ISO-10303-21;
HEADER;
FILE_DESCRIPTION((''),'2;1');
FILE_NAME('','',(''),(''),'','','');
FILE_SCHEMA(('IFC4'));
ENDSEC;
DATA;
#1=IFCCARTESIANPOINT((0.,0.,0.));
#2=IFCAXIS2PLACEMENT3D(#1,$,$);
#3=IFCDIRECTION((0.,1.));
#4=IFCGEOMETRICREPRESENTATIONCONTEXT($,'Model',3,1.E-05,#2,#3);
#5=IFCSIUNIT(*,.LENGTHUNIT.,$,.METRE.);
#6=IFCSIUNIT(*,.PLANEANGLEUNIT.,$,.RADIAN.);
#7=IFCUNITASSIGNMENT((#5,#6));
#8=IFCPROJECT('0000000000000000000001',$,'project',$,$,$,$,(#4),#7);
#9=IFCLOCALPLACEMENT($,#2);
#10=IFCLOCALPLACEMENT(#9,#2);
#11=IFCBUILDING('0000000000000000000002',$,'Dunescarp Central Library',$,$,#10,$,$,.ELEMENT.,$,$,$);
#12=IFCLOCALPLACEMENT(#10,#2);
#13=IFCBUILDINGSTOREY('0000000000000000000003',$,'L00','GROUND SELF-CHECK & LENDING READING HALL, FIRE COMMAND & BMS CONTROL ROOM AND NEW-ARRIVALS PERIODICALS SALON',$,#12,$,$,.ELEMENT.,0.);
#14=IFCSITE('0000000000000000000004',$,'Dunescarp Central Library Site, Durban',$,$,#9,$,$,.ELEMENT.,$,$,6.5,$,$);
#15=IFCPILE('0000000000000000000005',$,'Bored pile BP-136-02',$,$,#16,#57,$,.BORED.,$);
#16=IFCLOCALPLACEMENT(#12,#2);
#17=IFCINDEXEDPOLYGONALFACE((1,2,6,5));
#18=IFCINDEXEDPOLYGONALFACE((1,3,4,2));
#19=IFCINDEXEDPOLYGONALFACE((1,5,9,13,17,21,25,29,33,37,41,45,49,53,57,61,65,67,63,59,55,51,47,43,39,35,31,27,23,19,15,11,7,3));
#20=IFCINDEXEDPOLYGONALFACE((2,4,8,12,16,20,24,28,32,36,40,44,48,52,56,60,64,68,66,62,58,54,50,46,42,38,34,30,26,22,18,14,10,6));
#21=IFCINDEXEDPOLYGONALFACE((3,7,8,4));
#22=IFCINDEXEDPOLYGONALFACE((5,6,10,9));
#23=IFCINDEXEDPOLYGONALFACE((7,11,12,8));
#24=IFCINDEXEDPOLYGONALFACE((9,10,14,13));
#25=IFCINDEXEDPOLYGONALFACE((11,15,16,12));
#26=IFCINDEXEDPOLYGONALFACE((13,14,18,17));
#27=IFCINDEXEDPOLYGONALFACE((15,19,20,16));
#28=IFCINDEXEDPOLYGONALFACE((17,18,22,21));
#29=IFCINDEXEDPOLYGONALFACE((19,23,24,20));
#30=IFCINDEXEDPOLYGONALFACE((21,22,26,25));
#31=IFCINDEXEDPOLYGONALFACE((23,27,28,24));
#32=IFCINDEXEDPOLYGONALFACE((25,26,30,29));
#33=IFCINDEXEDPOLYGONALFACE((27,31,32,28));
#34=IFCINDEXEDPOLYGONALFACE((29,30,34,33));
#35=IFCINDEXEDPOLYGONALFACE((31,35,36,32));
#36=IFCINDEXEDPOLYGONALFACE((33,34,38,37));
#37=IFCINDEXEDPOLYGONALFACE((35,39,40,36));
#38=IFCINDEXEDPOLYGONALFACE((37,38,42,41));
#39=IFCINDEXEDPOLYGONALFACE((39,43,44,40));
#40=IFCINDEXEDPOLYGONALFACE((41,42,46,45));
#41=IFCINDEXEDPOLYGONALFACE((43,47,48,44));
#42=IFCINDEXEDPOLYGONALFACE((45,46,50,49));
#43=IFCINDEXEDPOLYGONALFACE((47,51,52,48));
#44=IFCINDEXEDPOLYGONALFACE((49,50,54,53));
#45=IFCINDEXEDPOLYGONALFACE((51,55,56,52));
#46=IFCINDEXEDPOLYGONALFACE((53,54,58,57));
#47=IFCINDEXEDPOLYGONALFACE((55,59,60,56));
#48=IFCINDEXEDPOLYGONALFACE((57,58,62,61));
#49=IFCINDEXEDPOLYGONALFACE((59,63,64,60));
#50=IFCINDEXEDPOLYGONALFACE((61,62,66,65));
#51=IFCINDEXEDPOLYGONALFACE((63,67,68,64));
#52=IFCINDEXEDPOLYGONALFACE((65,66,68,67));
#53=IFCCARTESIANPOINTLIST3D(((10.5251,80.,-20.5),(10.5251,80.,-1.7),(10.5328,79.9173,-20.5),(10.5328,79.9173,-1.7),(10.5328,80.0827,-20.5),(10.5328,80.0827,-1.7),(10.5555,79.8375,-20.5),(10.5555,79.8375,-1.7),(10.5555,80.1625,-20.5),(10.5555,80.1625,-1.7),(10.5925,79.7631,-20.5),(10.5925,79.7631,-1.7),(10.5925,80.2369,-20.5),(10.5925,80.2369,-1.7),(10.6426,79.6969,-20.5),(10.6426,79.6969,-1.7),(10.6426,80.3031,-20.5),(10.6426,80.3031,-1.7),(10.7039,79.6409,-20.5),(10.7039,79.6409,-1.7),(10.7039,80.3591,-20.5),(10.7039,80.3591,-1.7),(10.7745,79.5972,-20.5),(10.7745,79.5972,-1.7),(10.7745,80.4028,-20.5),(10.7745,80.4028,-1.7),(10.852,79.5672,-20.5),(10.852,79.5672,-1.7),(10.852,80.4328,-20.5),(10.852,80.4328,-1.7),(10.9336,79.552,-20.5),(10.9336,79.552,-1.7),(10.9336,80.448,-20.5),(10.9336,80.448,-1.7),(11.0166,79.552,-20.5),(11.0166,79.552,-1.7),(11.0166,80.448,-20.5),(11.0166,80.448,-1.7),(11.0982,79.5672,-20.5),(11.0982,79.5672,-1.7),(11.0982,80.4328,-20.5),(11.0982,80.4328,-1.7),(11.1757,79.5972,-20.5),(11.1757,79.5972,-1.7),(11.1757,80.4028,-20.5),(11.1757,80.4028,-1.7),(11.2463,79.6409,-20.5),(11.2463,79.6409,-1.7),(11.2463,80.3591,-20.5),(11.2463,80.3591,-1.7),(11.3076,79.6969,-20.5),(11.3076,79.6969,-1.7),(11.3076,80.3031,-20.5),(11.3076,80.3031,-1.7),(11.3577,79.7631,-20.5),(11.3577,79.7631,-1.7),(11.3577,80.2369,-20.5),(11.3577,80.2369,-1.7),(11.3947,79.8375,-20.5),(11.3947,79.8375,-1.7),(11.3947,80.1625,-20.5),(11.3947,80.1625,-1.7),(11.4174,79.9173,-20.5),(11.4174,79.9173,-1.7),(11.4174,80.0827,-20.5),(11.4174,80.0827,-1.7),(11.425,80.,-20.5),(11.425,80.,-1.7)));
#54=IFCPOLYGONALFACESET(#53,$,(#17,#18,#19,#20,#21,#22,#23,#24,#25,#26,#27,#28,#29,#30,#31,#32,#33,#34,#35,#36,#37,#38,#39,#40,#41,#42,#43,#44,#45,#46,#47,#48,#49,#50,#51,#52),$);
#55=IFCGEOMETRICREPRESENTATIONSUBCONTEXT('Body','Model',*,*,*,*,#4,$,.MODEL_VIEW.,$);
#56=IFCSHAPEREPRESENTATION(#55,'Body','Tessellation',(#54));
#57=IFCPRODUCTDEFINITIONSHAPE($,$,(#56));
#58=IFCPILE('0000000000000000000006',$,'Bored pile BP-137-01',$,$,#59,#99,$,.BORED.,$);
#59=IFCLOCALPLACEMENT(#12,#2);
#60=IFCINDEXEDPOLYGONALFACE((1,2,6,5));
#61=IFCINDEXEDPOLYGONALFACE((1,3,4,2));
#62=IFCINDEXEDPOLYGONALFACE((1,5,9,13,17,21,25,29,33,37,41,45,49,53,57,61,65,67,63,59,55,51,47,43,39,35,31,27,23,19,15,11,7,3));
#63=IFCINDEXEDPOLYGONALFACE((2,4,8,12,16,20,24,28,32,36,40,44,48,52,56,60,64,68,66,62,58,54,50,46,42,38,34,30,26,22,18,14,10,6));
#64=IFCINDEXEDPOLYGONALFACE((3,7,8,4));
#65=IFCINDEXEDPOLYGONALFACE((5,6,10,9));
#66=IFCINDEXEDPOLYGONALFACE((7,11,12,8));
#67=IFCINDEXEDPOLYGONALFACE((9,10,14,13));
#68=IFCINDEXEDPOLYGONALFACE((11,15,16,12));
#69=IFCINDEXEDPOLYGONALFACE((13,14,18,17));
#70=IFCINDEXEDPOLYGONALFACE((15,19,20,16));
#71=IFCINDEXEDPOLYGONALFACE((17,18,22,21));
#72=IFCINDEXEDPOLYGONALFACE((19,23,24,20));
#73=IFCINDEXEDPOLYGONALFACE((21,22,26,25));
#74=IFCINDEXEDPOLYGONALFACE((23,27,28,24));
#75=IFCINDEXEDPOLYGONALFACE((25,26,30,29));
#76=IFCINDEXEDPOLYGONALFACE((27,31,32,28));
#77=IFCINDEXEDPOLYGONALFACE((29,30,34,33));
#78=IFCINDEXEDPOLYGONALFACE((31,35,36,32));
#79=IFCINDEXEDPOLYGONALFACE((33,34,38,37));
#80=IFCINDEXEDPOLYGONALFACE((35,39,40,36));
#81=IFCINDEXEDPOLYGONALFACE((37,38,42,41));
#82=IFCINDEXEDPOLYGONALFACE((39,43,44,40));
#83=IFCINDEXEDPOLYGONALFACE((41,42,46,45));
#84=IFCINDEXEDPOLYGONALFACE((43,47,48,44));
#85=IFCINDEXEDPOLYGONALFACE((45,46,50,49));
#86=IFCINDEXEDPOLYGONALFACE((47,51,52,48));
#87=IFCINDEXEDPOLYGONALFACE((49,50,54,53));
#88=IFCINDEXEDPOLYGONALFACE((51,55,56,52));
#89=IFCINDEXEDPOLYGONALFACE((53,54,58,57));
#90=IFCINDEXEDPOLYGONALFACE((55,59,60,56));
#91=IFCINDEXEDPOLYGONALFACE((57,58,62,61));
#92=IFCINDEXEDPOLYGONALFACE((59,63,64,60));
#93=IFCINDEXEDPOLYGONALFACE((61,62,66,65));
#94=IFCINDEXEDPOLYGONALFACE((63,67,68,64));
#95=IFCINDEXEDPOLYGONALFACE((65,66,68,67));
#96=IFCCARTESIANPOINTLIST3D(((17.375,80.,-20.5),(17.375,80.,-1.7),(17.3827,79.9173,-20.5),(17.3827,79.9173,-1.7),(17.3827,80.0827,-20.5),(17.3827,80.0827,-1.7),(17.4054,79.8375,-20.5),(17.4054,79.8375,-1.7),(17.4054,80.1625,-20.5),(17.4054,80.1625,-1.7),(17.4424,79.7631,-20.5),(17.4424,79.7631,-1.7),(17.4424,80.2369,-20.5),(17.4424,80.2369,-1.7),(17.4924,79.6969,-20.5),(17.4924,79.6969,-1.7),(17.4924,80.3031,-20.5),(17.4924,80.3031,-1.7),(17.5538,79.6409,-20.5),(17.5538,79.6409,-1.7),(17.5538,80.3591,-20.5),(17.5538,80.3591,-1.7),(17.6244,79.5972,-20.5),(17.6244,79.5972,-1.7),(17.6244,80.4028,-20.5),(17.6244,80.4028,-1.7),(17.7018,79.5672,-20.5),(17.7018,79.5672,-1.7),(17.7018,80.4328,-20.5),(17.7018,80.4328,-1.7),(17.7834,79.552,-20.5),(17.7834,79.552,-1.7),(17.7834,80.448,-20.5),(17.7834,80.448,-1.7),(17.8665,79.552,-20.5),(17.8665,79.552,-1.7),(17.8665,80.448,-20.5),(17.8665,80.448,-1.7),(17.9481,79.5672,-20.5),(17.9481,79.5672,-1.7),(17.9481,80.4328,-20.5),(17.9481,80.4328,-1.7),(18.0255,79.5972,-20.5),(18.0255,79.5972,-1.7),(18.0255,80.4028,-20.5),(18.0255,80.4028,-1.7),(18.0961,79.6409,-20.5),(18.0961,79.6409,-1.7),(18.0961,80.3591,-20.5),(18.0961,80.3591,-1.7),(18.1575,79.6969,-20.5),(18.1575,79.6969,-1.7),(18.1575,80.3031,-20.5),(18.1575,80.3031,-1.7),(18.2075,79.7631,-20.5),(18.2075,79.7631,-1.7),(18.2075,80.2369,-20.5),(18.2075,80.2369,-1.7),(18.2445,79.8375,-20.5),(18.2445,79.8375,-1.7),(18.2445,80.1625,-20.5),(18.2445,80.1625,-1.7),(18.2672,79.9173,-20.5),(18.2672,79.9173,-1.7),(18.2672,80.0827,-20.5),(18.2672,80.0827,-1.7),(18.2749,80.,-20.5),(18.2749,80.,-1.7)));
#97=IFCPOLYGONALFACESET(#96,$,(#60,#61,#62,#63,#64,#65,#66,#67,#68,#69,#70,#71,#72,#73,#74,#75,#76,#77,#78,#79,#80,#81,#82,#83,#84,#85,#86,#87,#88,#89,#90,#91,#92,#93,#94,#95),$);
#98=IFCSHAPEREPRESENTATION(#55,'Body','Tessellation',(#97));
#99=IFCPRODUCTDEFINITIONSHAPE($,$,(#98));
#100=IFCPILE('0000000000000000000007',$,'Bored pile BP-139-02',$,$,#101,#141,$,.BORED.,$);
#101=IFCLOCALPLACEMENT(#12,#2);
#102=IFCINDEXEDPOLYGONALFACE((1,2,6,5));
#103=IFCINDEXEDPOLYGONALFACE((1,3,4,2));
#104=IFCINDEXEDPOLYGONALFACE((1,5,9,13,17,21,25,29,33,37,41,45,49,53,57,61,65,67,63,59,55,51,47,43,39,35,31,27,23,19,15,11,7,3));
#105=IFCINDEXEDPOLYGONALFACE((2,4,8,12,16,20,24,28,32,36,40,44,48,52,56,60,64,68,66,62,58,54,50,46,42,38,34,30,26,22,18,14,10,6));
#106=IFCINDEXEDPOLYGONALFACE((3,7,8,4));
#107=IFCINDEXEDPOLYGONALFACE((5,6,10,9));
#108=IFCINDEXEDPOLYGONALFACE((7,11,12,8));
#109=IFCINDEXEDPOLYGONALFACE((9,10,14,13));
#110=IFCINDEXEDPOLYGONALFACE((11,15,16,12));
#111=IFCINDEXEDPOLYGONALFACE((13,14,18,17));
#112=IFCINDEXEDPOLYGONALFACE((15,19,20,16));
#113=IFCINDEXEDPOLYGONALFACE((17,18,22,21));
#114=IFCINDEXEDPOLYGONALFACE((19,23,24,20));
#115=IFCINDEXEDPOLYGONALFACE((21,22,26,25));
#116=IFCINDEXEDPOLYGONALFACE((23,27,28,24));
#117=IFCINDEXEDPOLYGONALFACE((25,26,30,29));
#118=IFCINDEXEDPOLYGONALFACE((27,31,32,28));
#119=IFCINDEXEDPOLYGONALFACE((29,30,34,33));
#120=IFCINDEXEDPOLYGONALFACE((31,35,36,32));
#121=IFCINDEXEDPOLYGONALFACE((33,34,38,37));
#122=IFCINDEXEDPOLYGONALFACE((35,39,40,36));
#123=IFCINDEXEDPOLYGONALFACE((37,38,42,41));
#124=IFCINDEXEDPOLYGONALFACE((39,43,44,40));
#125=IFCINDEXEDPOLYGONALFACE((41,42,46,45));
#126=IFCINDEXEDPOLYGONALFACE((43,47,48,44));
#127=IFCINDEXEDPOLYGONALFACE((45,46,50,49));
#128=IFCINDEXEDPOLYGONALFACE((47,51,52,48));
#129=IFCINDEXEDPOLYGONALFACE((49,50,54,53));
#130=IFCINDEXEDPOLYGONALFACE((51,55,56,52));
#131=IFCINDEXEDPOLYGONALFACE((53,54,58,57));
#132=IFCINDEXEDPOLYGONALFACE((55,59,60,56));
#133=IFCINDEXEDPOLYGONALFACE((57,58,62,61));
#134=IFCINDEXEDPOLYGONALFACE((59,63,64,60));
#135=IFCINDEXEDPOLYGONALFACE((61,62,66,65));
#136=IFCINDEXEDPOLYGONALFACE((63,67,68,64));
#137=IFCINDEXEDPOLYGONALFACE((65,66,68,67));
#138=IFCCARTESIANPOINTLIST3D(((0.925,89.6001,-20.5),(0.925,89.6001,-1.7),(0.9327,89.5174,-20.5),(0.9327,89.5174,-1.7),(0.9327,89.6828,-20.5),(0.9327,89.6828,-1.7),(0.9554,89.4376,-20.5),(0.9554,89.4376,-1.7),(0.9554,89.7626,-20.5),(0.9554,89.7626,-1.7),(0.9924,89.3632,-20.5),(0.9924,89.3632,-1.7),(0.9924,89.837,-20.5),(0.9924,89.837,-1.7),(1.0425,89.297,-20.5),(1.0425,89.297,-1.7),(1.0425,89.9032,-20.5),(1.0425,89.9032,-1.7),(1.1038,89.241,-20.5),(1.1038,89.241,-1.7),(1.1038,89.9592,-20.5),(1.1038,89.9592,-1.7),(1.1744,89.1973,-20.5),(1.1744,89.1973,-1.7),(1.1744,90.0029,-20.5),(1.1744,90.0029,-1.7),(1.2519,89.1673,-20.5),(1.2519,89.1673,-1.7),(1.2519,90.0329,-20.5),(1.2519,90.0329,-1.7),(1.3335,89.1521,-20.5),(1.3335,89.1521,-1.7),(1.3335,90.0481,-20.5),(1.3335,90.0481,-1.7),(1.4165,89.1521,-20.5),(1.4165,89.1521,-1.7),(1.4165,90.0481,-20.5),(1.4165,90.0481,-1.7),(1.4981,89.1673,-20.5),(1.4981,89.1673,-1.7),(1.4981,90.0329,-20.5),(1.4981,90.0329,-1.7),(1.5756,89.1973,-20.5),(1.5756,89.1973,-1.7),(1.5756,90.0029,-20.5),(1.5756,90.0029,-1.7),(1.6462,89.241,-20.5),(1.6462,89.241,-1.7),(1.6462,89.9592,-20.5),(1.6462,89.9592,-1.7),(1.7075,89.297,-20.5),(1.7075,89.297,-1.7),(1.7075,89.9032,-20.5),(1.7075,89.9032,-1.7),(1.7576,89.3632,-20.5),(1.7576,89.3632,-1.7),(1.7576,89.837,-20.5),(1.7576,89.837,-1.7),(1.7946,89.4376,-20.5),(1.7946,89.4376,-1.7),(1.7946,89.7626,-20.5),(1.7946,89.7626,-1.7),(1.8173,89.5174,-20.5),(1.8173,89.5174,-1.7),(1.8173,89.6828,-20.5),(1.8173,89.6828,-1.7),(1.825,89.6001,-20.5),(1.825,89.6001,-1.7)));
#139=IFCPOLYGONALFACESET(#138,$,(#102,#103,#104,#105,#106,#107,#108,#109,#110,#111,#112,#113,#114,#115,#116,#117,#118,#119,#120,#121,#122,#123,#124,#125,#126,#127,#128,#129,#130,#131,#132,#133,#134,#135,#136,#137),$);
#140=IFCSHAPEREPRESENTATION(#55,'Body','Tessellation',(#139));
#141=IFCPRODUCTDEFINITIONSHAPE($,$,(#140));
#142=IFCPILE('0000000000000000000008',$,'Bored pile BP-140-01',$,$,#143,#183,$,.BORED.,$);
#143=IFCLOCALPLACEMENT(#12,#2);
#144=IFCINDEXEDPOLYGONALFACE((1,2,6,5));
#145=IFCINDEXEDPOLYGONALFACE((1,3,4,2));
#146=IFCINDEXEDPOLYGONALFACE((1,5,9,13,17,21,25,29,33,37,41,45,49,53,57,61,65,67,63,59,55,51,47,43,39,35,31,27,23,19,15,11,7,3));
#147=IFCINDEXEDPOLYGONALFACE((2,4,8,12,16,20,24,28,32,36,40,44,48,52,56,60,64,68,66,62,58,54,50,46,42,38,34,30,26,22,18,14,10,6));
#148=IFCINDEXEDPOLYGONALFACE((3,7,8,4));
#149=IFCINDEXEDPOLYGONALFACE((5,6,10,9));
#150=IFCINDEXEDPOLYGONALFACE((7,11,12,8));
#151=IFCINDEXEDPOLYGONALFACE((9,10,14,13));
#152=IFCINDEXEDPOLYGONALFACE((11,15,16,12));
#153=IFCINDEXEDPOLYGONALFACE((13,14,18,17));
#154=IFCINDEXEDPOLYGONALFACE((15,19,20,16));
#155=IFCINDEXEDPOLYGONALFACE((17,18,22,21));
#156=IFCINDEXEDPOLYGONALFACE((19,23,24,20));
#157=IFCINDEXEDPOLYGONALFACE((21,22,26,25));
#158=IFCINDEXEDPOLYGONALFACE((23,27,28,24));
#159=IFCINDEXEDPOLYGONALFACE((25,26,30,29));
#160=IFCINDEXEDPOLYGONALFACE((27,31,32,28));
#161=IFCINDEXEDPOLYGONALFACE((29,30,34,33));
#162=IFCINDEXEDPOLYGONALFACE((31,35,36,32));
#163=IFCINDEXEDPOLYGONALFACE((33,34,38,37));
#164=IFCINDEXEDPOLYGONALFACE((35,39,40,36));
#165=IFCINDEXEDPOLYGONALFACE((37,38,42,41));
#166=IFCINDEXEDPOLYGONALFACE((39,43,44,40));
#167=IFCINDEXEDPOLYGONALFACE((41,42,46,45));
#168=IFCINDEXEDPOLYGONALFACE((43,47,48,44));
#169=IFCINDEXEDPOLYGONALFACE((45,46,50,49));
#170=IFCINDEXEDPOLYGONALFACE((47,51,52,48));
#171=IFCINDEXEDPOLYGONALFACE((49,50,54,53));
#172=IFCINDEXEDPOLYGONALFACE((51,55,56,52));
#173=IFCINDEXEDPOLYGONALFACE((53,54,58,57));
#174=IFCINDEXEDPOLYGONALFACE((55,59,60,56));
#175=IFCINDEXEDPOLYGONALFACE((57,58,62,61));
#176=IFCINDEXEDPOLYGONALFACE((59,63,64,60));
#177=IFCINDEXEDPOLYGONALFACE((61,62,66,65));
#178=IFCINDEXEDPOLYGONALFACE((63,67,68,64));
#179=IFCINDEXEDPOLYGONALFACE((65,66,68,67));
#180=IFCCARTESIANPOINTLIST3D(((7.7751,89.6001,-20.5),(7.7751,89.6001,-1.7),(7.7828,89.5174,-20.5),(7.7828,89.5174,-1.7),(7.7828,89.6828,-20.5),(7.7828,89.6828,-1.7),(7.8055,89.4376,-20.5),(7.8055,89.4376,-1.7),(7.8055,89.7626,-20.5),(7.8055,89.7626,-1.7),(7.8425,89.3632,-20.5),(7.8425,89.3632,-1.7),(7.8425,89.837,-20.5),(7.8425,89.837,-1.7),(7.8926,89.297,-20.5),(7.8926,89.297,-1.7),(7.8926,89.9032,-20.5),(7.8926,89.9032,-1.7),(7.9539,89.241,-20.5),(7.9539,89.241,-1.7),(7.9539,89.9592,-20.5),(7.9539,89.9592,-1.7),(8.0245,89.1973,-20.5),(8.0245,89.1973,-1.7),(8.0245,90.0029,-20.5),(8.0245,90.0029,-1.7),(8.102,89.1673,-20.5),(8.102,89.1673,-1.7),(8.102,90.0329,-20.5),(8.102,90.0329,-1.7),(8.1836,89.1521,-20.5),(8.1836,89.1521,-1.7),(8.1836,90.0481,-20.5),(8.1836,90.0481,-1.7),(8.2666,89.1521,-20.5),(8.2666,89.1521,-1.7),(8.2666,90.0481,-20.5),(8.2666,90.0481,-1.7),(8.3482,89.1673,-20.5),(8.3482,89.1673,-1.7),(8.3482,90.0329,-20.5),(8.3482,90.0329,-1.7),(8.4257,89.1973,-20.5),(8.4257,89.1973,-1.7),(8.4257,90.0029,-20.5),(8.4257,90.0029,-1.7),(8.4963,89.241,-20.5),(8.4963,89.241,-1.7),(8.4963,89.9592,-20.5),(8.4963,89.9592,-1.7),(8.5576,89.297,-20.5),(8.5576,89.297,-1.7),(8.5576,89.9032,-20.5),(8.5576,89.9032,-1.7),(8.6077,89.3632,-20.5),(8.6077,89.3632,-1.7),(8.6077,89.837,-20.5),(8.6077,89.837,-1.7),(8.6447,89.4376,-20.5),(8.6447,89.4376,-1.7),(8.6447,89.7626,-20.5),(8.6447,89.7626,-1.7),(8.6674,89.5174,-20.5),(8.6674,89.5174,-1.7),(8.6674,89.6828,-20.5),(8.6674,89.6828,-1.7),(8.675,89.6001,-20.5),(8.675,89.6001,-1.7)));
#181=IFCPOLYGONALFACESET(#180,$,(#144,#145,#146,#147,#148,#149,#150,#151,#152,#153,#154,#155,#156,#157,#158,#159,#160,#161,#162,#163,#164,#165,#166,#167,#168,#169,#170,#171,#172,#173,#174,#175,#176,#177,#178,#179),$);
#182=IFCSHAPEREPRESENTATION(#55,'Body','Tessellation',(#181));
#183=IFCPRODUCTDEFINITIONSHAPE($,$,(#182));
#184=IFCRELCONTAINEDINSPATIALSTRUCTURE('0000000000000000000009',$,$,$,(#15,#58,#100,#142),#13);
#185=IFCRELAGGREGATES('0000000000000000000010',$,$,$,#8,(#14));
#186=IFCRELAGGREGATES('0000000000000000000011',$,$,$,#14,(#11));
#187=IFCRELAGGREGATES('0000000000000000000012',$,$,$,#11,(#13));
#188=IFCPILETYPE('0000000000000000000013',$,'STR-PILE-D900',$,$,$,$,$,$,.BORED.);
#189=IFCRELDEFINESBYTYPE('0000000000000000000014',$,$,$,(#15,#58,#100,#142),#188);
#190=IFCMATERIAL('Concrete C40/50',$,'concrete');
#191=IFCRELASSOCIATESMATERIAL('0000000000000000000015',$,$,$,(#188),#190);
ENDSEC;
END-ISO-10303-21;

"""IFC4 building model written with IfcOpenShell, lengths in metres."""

from ifc_helpers import new_model, si_unit, direction, frame, origin, origin_2d, place, context, subcontext, project, spatial, circle, extrude, material, material_profile, profile_set, type_object, element, save


model = new_model("IFC4")

# Units and contexts
model_context = context("Model", 3, precision=1e-05, world=origin(), true_north=direction((0.0, 1.0)))
body_context = subcontext(model_context, "Body", "Model", "MODEL_VIEW")
ifc_project = project(units=[si_unit("LENGTHUNIT", "METRE"), si_unit("PLANEANGLEUNIT", "RADIAN")], contexts=[model_context])

# Site, building, storey
site_placement = place(None, origin())
site = spatial("IfcSite", under=ifc_project, at=site_placement, Name="Dunescarp Central Library Site, Durban", CompositionType="ELEMENT", RefElevation=6.5)
building_placement = place(site_placement, origin())
building = spatial("IfcBuilding", under=site, at=building_placement, Name="Dunescarp Central Library", CompositionType="ELEMENT")
storey_placement = place(building_placement, origin())
storey = spatial("IfcBuildingStorey", under=building, at=storey_placement, Name="L00", Description="GROUND SELF-CHECK & LENDING READING HALL, FIRE COMMAND & BMS CONTROL ROOM AND NEW-ARRIVALS PERIODICALS SALON", CompositionType="ELEMENT", Elevation=0.0)

# Shared definitions
ifc_material_1 = material(Name="Concrete C40/50", Category="concrete")

# Piles
ifc_material_profile_1 = material_profile(ifc_material_1, circle(Radius=0.45, at=origin_2d()), Name="PILE D900")
ifc_profile_set_1 = profile_set([ifc_material_profile_1], Name="Concrete C40/50")
pile_type = type_object("IfcPileType", Name="STR-PILE-D900", PredefinedType="BORED", material=ifc_profile_set_1)
for number, where, z_axis, x_axis, name in (
    (1, (10.9751, 80.0, -1.7), (0.0, 0.0, -1.0), (1.0, 0.0, 0.0), "Bored pile BP-136-02"),
    (2, (17.825, 80.0, -1.7), (0.0, 0.0, -1.0), (1.0, 0.0, 0.0), "Bored pile BP-137-01"),
    (3, (1.375, 89.6001, -1.7), (0.0, 0.0, -1.0), (1.0, 0.0, 0.0), "Bored pile BP-139-02"),
    (4, (8.2251, 89.6001, -1.7), (0.0, 0.0, -1.0), (1.0, 0.0, 0.0), "Bored pile BP-140-01"),
):
    element("IfcPile", number, at=place(storey_placement, frame(where, z_axis=z_axis, x_axis=x_axis)), inside=storey, type_object=pile_type, Name=name, PredefinedType="BORED", context=body_context, shape_type="SweptSolid", body=[
        extrude(circle(Radius=0.45, at=origin_2d()), origin(), (0.0, 0.0, 1.0), 18.8),
    ])

save(model, "model.ifc")
